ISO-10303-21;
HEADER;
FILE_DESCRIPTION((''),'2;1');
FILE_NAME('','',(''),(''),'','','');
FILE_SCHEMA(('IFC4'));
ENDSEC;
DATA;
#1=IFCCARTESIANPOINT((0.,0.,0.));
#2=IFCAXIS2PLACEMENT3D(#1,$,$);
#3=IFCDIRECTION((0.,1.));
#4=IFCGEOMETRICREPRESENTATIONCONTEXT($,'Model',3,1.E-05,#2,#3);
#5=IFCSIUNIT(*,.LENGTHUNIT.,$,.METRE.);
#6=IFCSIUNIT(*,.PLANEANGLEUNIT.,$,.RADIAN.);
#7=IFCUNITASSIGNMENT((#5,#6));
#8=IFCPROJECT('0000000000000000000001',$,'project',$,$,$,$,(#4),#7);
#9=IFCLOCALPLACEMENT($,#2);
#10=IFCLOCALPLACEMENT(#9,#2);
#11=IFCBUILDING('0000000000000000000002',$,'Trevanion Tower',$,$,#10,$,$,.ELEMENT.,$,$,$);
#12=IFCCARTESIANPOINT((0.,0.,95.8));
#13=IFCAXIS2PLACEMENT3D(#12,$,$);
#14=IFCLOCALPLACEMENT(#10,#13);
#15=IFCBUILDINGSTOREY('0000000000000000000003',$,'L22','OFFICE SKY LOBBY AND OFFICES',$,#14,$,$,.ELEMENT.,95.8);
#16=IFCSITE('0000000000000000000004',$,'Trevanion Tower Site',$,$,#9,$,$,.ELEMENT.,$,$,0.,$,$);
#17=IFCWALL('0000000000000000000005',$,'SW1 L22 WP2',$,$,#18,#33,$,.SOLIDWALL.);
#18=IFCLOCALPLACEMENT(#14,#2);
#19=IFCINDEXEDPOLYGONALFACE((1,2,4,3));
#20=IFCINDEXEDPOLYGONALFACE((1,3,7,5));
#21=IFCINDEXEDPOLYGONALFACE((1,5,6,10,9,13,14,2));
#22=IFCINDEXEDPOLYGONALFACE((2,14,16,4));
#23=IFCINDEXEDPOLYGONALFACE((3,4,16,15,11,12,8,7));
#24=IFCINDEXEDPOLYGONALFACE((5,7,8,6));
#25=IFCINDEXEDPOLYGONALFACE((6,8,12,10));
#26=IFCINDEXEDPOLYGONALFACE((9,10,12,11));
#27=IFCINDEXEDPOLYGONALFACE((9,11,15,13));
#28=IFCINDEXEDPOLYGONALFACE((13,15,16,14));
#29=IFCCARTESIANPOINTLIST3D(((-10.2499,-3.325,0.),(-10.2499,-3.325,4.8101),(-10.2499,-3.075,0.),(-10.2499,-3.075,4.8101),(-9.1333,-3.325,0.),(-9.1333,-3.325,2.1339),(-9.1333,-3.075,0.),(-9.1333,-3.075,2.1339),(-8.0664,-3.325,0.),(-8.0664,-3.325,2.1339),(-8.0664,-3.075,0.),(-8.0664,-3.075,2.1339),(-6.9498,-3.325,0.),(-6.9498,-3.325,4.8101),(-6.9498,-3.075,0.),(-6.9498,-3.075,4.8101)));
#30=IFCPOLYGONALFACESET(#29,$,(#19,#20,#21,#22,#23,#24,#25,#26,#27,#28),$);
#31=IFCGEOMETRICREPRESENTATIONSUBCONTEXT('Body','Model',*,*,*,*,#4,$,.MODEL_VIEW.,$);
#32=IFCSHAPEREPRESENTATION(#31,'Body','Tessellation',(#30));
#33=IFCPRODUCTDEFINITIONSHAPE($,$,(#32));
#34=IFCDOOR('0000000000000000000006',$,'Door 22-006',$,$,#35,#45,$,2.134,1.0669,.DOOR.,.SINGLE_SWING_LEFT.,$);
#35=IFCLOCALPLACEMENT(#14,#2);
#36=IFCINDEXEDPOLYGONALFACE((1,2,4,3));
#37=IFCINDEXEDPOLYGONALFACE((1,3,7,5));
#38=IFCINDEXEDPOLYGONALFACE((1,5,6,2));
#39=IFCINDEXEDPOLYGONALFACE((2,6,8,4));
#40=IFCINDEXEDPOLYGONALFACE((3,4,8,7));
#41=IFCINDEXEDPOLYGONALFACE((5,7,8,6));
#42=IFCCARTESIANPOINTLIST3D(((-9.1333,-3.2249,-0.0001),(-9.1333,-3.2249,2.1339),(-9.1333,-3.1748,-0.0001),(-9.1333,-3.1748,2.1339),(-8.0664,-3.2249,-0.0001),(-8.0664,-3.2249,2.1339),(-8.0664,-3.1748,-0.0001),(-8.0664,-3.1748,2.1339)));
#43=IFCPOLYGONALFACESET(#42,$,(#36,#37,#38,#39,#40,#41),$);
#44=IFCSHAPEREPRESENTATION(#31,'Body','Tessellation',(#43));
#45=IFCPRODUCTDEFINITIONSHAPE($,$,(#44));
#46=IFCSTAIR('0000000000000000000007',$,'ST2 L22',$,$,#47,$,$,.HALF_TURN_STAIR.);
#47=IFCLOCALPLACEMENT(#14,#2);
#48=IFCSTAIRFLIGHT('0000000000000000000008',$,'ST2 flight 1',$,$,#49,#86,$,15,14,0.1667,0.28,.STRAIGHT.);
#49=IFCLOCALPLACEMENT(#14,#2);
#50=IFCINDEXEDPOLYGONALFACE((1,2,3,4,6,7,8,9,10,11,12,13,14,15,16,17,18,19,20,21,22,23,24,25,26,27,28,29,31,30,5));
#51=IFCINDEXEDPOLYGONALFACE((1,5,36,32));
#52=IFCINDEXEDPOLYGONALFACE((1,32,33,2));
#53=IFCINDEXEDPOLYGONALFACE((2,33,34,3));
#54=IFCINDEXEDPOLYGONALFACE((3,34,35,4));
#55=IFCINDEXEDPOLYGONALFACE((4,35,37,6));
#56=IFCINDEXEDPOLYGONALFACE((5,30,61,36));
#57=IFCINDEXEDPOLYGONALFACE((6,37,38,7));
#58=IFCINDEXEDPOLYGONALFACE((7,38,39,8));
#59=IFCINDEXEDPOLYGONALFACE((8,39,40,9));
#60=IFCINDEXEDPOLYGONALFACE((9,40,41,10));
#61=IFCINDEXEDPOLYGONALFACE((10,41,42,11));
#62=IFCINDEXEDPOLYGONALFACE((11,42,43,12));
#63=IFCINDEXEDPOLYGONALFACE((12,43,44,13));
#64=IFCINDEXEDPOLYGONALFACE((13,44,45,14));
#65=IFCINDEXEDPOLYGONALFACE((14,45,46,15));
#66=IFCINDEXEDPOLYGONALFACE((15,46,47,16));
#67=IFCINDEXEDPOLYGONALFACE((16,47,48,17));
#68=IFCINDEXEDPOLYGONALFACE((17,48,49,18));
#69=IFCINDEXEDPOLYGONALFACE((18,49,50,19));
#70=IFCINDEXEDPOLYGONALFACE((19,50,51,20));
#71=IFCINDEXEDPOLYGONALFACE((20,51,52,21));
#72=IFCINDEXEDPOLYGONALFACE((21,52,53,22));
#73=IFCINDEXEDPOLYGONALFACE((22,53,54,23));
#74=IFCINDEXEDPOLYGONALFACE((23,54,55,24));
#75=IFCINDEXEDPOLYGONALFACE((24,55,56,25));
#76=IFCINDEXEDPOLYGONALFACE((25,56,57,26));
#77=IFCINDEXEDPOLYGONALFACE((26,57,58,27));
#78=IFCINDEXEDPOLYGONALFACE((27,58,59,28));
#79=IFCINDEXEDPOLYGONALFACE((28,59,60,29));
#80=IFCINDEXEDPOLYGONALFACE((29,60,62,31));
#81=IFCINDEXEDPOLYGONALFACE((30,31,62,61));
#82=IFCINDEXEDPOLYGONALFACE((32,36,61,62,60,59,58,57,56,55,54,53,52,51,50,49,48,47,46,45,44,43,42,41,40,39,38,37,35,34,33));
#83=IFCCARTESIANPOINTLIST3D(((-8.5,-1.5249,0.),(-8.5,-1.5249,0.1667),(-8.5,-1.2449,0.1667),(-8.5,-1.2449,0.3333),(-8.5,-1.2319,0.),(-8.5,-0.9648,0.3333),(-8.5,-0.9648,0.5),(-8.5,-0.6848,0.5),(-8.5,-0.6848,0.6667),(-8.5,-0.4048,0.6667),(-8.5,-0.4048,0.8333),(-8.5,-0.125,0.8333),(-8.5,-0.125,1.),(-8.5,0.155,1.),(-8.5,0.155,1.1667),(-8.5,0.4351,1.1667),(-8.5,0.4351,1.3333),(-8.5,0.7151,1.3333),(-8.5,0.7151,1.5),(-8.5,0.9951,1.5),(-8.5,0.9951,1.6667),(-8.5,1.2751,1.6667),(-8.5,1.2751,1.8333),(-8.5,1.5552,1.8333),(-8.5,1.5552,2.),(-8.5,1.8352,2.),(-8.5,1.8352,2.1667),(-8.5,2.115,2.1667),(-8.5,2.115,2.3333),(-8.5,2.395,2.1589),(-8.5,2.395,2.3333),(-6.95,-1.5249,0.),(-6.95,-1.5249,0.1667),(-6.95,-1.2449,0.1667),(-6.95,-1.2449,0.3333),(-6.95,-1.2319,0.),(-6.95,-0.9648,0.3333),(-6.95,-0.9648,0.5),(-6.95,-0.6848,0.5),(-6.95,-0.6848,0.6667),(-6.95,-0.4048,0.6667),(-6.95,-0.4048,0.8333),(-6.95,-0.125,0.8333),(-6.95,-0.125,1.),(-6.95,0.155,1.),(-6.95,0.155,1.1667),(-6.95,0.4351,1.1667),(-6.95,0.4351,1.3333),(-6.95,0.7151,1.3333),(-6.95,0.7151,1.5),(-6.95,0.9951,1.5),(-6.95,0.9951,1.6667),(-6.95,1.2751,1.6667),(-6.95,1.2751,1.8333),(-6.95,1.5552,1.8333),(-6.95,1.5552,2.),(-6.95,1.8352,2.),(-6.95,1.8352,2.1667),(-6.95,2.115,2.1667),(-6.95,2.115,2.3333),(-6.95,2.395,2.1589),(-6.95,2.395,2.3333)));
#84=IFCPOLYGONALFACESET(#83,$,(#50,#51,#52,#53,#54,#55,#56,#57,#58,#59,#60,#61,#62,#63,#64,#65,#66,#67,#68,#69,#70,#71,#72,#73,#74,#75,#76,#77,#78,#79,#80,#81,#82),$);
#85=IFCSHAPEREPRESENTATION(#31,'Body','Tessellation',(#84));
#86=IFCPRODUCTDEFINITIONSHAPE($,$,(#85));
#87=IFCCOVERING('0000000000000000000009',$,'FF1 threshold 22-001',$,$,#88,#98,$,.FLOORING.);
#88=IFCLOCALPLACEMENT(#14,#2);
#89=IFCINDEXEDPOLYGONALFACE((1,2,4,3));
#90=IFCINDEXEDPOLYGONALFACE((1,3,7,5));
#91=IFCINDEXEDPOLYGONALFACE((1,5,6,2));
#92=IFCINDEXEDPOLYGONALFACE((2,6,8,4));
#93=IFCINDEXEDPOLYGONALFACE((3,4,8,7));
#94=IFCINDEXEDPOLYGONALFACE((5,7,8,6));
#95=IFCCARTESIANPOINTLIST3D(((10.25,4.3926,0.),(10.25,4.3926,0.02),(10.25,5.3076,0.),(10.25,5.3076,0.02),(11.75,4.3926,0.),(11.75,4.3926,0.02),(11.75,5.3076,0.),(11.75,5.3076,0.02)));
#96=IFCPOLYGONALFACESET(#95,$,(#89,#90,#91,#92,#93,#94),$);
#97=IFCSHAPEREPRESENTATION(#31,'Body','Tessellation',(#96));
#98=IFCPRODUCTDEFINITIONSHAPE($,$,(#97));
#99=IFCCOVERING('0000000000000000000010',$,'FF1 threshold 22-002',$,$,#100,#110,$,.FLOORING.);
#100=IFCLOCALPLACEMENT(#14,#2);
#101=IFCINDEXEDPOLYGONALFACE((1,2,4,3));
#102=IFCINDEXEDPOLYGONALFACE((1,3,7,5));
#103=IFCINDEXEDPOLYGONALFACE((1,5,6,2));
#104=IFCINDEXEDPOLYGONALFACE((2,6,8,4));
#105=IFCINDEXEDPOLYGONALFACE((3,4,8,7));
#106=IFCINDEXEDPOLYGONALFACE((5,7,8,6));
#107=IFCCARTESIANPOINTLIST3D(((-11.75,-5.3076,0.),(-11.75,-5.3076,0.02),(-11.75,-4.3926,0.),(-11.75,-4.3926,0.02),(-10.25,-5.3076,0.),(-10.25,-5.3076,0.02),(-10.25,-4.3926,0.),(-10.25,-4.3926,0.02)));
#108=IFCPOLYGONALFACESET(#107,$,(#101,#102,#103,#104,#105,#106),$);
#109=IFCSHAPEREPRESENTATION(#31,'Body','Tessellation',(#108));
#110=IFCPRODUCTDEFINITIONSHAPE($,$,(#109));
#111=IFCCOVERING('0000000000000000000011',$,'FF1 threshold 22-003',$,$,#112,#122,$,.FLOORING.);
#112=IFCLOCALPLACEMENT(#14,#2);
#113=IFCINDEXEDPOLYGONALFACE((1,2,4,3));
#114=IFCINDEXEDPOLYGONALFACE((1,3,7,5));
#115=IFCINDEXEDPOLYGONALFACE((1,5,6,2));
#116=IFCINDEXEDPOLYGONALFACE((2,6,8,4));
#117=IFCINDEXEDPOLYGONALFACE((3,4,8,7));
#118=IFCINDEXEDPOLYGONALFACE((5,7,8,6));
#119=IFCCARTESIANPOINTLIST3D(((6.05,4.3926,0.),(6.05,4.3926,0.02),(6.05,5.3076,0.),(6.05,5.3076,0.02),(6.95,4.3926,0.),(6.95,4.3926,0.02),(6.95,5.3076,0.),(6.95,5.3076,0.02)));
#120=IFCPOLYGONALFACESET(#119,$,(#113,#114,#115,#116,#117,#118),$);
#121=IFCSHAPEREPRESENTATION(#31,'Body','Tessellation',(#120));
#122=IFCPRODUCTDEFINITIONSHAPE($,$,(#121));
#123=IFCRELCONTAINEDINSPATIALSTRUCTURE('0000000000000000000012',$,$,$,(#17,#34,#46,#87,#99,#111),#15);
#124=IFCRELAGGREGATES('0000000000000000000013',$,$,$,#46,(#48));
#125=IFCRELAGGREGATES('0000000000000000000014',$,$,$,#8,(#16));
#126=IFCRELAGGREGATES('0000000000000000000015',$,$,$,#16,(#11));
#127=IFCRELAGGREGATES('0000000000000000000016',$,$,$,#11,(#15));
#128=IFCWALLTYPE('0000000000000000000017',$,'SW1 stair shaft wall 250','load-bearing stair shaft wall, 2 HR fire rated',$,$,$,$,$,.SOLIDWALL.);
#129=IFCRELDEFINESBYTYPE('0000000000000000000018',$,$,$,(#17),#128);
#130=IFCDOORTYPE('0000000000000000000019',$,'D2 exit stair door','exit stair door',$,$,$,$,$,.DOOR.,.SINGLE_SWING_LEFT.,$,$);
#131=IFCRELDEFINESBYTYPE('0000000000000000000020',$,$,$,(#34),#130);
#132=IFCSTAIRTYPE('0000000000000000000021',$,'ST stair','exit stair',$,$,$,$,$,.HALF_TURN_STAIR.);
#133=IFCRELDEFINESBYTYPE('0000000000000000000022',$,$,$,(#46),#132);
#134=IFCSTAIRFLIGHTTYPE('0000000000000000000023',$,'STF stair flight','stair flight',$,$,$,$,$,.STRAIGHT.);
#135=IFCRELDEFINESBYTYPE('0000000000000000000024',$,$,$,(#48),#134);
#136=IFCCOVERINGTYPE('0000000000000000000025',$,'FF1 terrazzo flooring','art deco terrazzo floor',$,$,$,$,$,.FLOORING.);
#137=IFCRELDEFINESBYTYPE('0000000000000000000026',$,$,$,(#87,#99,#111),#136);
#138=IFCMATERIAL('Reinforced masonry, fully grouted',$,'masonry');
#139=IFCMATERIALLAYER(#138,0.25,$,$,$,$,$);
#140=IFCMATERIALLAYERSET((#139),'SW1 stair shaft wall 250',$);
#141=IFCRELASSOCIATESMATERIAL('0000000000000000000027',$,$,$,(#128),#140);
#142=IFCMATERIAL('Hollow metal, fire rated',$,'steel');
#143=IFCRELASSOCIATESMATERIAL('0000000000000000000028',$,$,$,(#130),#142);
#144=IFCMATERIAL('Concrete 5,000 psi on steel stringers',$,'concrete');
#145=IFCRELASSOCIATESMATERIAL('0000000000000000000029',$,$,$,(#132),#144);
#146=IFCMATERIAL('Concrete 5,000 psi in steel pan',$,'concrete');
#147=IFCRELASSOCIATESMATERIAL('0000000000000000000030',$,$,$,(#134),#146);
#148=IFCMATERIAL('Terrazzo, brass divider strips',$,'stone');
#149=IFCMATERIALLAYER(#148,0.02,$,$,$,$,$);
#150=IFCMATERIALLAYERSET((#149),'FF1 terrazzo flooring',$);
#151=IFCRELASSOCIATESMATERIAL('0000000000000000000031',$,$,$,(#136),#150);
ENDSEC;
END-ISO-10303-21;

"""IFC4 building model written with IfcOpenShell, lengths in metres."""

from ifc_helpers import new_model, si_unit, direction, frame, frame_2d, origin, place, context, subcontext, project, spatial, polyline, rectangle, outline, extrude, material, layer, layer_set, type_object, element, fill, aggregate, save


model = new_model("IFC4")

# Units and contexts
model_context = context("Model", 3, precision=1e-05, world=origin(), true_north=direction((0.0, 1.0)))
body_context = subcontext(model_context, "Body", "Model", "MODEL_VIEW")
ifc_project = project(units=[si_unit("LENGTHUNIT", "METRE"), si_unit("PLANEANGLEUNIT", "RADIAN")], contexts=[model_context])

# Site, building, storey
site_placement = place(None, origin())
site = spatial("IfcSite", under=ifc_project, at=site_placement, Name="Trevanion Tower Site", CompositionType="ELEMENT", RefElevation=0.0)
building_placement = place(site_placement, origin())
building = spatial("IfcBuilding", under=site, at=building_placement, Name="Trevanion Tower", CompositionType="ELEMENT")
storey_placement = place(building_placement, frame((0.0, 0.0, 95.8)))
storey = spatial("IfcBuildingStorey", under=building, at=storey_placement, Name="L22", Description="OFFICE SKY LOBBY AND OFFICES", CompositionType="ELEMENT", Elevation=95.8)

# Wall, opening, door
ifc_material_1 = material(Name="Reinforced masonry, fully grouted", Category="masonry")
ifc_layer_1 = layer(ifc_material_1, 0.25)
ifc_layer_set_1 = layer_set([ifc_layer_1], Name="SW1 stair shaft wall 250")
wall_type_1 = type_object("IfcWallType", Name="SW1 stair shaft wall 250", Description="load-bearing stair shaft wall, 2 HR fire rated", PredefinedType="SOLIDWALL", material=ifc_layer_set_1)
wall_1_placement = place(storey_placement, frame((-6.95, -3.2, 0.0), z_axis=(0.0, 0.0, 1.0), x_axis=(-1.0, 0.0, 0.0)))
wall_1 = element("IfcWall", 1, at=wall_1_placement, inside=storey, type_object=wall_type_1, Name="SW1 L22 WP2", PredefinedType="SOLIDWALL", context=body_context, shape_type="SweptSolid", body=[
    extrude(rectangle(XDim=3.3, YDim=0.25, at=frame_2d((1.6499, 0.0))), origin(), (0.0, 0.0, 1.0), 4.8101),
])
opening_1_placement = place(wall_1_placement, frame((1.1165, 0.0, 0.0)))
opening_1 = element("IfcOpeningElement", 2, at=opening_1_placement, cuts=wall_1, PredefinedType="OPENING", context=body_context, shape_type="SweptSolid", body=[
    extrude(rectangle(XDim=1.0669, YDim=2.134, at=frame_2d((0.5334, 1.0669))), frame((0.0, 0.135, 0.0), z_axis=(0.0, -1.0, 0.0), x_axis=(1.0, 0.0, 0.0)), (0.0, 0.0, 1.0), 0.27),
])
ifc_material_2 = material(Name="Hollow metal, fire rated", Category="steel")
door_type = type_object("IfcDoorType", Name="D2 exit stair door", Description="exit stair door", OperationType="SINGLE_SWING_LEFT", PredefinedType="DOOR", material=ifc_material_2)
door_placement = place(opening_1_placement, origin())
door = element("IfcDoor", 3, at=door_placement, inside=storey, type_object=door_type, Name="Door 22-006", OperationType="SINGLE_SWING_LEFT", OverallHeight=2.134, OverallWidth=1.0669, PredefinedType="DOOR", context=body_context, shape_type="SweptSolid", body=[
    extrude(rectangle(XDim=1.0669, YDim=2.134, at=frame_2d((0.5334, 1.0669))), frame((0.0, 0.0249, 0.0), z_axis=(0.0, -1.0, 0.0), x_axis=(1.0, 0.0, 0.0)), (0.0, 0.0, 1.0), 0.05),
])
fill(opening_1, door)

# Stair, stair flight
ifc_material_3 = material(Name="Concrete 5,000 psi on steel stringers", Category="concrete")
stair_type = type_object("IfcStairType", Name="ST stair", Description="exit stair", PredefinedType="HALF_TURN_STAIR", material=ifc_material_3)
stair_placement = place(storey_placement, origin())
stair = element("IfcStair", 4, at=stair_placement, inside=storey, type_object=stair_type, Name="ST2 L22", PredefinedType="HALF_TURN_STAIR")
ifc_material_4 = material(Name="Concrete 5,000 psi in steel pan", Category="concrete")
stair_flight_type = type_object("IfcStairFlightType", Name="STF stair flight", Description="stair flight", PredefinedType="STRAIGHT", material=ifc_material_4)
stair_flight_placement = place(storey_placement, frame((-7.7251, -1.5249, 0.0), z_axis=(0.0, 0.0, 1.0), x_axis=(0.0, 1.0, 0.0)))
stair_flight = element("IfcStairFlight", 5, at=stair_flight_placement, type_object=stair_flight_type, Name="ST2 flight 1", NumberOfRisers=15, NumberOfTreads=14, PredefinedType="STRAIGHT", RiserHeight=0.1667, TreadLength=0.28, context=body_context, shape_type="SweptSolid", body=[
    extrude(outline(polyline([(0.0, 0.0), (0.0, 0.1667), (0.28, 0.1667), (0.28, 0.3333), (0.5601, 0.3333), (0.5601, 0.5), (0.8401, 0.5), (0.8401, 0.6667), (1.1201, 0.6667), (1.1201, 0.8333), (1.3999, 0.8333), (1.3999, 1.0), (1.6799, 1.0), (1.6799, 1.1667), (1.96, 1.1667), (1.96, 1.3333), (2.24, 1.3333), (2.24, 1.5), (2.52, 1.5), (2.52, 1.6667), (2.8, 1.6667), (2.8, 1.8333), (3.0801, 1.8333), (3.0801, 2.0), (3.3601, 2.0), (3.3601, 2.1667), (3.6399, 2.1667), (3.6399, 2.3333), (3.9199, 2.3333), (3.9199, 2.5), (3.9199, 2.1589), (0.293, 0.0), (0.0, 0.0)])), frame((0.0, 0.7749, 0.0), z_axis=(0.0, -1.0, 0.0), x_axis=(1.0, 0.0, 0.0)), (0.0, 0.0, 1.0), 1.55),
])
aggregate(stair, [stair_flight])

# Coverings
ifc_material_5 = material(Name="Terrazzo, brass divider strips", Category="stone")
ifc_layer_2 = layer(ifc_material_5, 0.02)
ifc_layer_set_2 = layer_set([ifc_layer_2], Name="FF1 terrazzo flooring")
covering_type_1 = type_object("IfcCoveringType", Name="FF1 terrazzo flooring", Description="art deco terrazzo floor", PredefinedType="FLOORING", material=ifc_layer_set_2)
covering_1_placement = place(storey_placement, origin())
element("IfcCovering", 6, at=covering_1_placement, inside=storey, type_object=covering_type_1, Name="FF1 threshold 22-001", PredefinedType="FLOORING", context=body_context, shape_type="SweptSolid", body=[
    extrude(outline(polyline([(11.75, 4.3926), (11.75, 5.3076), (10.25, 5.3076), (10.25, 4.3926), (11.75, 4.3926)])), origin(), (0.0, 0.0, 1.0), 0.02),
])
covering_2_placement = place(storey_placement, origin())
element("IfcCovering", 7, at=covering_2_placement, inside=storey, type_object=covering_type_1, Name="FF1 threshold 22-002", PredefinedType="FLOORING", context=body_context, shape_type="SweptSolid", body=[
    extrude(outline(polyline([(-11.75, -4.3926), (-11.75, -5.3076), (-10.25, -5.3076), (-10.25, -4.3926), (-11.75, -4.3926)])), origin(), (0.0, 0.0, 1.0), 0.02),
])
covering_3_placement = place(storey_placement, origin())
element("IfcCovering", 8, at=covering_3_placement, inside=storey, type_object=covering_type_1, Name="FF1 threshold 22-003", PredefinedType="FLOORING", context=body_context, shape_type="SweptSolid", body=[
    extrude(outline(polyline([(6.95, 4.3926), (6.95, 5.3076), (6.05, 5.3076), (6.05, 4.3926), (6.95, 4.3926)])), origin(), (0.0, 0.0, 1.0), 0.02),
])

save(model, "model.ifc")
